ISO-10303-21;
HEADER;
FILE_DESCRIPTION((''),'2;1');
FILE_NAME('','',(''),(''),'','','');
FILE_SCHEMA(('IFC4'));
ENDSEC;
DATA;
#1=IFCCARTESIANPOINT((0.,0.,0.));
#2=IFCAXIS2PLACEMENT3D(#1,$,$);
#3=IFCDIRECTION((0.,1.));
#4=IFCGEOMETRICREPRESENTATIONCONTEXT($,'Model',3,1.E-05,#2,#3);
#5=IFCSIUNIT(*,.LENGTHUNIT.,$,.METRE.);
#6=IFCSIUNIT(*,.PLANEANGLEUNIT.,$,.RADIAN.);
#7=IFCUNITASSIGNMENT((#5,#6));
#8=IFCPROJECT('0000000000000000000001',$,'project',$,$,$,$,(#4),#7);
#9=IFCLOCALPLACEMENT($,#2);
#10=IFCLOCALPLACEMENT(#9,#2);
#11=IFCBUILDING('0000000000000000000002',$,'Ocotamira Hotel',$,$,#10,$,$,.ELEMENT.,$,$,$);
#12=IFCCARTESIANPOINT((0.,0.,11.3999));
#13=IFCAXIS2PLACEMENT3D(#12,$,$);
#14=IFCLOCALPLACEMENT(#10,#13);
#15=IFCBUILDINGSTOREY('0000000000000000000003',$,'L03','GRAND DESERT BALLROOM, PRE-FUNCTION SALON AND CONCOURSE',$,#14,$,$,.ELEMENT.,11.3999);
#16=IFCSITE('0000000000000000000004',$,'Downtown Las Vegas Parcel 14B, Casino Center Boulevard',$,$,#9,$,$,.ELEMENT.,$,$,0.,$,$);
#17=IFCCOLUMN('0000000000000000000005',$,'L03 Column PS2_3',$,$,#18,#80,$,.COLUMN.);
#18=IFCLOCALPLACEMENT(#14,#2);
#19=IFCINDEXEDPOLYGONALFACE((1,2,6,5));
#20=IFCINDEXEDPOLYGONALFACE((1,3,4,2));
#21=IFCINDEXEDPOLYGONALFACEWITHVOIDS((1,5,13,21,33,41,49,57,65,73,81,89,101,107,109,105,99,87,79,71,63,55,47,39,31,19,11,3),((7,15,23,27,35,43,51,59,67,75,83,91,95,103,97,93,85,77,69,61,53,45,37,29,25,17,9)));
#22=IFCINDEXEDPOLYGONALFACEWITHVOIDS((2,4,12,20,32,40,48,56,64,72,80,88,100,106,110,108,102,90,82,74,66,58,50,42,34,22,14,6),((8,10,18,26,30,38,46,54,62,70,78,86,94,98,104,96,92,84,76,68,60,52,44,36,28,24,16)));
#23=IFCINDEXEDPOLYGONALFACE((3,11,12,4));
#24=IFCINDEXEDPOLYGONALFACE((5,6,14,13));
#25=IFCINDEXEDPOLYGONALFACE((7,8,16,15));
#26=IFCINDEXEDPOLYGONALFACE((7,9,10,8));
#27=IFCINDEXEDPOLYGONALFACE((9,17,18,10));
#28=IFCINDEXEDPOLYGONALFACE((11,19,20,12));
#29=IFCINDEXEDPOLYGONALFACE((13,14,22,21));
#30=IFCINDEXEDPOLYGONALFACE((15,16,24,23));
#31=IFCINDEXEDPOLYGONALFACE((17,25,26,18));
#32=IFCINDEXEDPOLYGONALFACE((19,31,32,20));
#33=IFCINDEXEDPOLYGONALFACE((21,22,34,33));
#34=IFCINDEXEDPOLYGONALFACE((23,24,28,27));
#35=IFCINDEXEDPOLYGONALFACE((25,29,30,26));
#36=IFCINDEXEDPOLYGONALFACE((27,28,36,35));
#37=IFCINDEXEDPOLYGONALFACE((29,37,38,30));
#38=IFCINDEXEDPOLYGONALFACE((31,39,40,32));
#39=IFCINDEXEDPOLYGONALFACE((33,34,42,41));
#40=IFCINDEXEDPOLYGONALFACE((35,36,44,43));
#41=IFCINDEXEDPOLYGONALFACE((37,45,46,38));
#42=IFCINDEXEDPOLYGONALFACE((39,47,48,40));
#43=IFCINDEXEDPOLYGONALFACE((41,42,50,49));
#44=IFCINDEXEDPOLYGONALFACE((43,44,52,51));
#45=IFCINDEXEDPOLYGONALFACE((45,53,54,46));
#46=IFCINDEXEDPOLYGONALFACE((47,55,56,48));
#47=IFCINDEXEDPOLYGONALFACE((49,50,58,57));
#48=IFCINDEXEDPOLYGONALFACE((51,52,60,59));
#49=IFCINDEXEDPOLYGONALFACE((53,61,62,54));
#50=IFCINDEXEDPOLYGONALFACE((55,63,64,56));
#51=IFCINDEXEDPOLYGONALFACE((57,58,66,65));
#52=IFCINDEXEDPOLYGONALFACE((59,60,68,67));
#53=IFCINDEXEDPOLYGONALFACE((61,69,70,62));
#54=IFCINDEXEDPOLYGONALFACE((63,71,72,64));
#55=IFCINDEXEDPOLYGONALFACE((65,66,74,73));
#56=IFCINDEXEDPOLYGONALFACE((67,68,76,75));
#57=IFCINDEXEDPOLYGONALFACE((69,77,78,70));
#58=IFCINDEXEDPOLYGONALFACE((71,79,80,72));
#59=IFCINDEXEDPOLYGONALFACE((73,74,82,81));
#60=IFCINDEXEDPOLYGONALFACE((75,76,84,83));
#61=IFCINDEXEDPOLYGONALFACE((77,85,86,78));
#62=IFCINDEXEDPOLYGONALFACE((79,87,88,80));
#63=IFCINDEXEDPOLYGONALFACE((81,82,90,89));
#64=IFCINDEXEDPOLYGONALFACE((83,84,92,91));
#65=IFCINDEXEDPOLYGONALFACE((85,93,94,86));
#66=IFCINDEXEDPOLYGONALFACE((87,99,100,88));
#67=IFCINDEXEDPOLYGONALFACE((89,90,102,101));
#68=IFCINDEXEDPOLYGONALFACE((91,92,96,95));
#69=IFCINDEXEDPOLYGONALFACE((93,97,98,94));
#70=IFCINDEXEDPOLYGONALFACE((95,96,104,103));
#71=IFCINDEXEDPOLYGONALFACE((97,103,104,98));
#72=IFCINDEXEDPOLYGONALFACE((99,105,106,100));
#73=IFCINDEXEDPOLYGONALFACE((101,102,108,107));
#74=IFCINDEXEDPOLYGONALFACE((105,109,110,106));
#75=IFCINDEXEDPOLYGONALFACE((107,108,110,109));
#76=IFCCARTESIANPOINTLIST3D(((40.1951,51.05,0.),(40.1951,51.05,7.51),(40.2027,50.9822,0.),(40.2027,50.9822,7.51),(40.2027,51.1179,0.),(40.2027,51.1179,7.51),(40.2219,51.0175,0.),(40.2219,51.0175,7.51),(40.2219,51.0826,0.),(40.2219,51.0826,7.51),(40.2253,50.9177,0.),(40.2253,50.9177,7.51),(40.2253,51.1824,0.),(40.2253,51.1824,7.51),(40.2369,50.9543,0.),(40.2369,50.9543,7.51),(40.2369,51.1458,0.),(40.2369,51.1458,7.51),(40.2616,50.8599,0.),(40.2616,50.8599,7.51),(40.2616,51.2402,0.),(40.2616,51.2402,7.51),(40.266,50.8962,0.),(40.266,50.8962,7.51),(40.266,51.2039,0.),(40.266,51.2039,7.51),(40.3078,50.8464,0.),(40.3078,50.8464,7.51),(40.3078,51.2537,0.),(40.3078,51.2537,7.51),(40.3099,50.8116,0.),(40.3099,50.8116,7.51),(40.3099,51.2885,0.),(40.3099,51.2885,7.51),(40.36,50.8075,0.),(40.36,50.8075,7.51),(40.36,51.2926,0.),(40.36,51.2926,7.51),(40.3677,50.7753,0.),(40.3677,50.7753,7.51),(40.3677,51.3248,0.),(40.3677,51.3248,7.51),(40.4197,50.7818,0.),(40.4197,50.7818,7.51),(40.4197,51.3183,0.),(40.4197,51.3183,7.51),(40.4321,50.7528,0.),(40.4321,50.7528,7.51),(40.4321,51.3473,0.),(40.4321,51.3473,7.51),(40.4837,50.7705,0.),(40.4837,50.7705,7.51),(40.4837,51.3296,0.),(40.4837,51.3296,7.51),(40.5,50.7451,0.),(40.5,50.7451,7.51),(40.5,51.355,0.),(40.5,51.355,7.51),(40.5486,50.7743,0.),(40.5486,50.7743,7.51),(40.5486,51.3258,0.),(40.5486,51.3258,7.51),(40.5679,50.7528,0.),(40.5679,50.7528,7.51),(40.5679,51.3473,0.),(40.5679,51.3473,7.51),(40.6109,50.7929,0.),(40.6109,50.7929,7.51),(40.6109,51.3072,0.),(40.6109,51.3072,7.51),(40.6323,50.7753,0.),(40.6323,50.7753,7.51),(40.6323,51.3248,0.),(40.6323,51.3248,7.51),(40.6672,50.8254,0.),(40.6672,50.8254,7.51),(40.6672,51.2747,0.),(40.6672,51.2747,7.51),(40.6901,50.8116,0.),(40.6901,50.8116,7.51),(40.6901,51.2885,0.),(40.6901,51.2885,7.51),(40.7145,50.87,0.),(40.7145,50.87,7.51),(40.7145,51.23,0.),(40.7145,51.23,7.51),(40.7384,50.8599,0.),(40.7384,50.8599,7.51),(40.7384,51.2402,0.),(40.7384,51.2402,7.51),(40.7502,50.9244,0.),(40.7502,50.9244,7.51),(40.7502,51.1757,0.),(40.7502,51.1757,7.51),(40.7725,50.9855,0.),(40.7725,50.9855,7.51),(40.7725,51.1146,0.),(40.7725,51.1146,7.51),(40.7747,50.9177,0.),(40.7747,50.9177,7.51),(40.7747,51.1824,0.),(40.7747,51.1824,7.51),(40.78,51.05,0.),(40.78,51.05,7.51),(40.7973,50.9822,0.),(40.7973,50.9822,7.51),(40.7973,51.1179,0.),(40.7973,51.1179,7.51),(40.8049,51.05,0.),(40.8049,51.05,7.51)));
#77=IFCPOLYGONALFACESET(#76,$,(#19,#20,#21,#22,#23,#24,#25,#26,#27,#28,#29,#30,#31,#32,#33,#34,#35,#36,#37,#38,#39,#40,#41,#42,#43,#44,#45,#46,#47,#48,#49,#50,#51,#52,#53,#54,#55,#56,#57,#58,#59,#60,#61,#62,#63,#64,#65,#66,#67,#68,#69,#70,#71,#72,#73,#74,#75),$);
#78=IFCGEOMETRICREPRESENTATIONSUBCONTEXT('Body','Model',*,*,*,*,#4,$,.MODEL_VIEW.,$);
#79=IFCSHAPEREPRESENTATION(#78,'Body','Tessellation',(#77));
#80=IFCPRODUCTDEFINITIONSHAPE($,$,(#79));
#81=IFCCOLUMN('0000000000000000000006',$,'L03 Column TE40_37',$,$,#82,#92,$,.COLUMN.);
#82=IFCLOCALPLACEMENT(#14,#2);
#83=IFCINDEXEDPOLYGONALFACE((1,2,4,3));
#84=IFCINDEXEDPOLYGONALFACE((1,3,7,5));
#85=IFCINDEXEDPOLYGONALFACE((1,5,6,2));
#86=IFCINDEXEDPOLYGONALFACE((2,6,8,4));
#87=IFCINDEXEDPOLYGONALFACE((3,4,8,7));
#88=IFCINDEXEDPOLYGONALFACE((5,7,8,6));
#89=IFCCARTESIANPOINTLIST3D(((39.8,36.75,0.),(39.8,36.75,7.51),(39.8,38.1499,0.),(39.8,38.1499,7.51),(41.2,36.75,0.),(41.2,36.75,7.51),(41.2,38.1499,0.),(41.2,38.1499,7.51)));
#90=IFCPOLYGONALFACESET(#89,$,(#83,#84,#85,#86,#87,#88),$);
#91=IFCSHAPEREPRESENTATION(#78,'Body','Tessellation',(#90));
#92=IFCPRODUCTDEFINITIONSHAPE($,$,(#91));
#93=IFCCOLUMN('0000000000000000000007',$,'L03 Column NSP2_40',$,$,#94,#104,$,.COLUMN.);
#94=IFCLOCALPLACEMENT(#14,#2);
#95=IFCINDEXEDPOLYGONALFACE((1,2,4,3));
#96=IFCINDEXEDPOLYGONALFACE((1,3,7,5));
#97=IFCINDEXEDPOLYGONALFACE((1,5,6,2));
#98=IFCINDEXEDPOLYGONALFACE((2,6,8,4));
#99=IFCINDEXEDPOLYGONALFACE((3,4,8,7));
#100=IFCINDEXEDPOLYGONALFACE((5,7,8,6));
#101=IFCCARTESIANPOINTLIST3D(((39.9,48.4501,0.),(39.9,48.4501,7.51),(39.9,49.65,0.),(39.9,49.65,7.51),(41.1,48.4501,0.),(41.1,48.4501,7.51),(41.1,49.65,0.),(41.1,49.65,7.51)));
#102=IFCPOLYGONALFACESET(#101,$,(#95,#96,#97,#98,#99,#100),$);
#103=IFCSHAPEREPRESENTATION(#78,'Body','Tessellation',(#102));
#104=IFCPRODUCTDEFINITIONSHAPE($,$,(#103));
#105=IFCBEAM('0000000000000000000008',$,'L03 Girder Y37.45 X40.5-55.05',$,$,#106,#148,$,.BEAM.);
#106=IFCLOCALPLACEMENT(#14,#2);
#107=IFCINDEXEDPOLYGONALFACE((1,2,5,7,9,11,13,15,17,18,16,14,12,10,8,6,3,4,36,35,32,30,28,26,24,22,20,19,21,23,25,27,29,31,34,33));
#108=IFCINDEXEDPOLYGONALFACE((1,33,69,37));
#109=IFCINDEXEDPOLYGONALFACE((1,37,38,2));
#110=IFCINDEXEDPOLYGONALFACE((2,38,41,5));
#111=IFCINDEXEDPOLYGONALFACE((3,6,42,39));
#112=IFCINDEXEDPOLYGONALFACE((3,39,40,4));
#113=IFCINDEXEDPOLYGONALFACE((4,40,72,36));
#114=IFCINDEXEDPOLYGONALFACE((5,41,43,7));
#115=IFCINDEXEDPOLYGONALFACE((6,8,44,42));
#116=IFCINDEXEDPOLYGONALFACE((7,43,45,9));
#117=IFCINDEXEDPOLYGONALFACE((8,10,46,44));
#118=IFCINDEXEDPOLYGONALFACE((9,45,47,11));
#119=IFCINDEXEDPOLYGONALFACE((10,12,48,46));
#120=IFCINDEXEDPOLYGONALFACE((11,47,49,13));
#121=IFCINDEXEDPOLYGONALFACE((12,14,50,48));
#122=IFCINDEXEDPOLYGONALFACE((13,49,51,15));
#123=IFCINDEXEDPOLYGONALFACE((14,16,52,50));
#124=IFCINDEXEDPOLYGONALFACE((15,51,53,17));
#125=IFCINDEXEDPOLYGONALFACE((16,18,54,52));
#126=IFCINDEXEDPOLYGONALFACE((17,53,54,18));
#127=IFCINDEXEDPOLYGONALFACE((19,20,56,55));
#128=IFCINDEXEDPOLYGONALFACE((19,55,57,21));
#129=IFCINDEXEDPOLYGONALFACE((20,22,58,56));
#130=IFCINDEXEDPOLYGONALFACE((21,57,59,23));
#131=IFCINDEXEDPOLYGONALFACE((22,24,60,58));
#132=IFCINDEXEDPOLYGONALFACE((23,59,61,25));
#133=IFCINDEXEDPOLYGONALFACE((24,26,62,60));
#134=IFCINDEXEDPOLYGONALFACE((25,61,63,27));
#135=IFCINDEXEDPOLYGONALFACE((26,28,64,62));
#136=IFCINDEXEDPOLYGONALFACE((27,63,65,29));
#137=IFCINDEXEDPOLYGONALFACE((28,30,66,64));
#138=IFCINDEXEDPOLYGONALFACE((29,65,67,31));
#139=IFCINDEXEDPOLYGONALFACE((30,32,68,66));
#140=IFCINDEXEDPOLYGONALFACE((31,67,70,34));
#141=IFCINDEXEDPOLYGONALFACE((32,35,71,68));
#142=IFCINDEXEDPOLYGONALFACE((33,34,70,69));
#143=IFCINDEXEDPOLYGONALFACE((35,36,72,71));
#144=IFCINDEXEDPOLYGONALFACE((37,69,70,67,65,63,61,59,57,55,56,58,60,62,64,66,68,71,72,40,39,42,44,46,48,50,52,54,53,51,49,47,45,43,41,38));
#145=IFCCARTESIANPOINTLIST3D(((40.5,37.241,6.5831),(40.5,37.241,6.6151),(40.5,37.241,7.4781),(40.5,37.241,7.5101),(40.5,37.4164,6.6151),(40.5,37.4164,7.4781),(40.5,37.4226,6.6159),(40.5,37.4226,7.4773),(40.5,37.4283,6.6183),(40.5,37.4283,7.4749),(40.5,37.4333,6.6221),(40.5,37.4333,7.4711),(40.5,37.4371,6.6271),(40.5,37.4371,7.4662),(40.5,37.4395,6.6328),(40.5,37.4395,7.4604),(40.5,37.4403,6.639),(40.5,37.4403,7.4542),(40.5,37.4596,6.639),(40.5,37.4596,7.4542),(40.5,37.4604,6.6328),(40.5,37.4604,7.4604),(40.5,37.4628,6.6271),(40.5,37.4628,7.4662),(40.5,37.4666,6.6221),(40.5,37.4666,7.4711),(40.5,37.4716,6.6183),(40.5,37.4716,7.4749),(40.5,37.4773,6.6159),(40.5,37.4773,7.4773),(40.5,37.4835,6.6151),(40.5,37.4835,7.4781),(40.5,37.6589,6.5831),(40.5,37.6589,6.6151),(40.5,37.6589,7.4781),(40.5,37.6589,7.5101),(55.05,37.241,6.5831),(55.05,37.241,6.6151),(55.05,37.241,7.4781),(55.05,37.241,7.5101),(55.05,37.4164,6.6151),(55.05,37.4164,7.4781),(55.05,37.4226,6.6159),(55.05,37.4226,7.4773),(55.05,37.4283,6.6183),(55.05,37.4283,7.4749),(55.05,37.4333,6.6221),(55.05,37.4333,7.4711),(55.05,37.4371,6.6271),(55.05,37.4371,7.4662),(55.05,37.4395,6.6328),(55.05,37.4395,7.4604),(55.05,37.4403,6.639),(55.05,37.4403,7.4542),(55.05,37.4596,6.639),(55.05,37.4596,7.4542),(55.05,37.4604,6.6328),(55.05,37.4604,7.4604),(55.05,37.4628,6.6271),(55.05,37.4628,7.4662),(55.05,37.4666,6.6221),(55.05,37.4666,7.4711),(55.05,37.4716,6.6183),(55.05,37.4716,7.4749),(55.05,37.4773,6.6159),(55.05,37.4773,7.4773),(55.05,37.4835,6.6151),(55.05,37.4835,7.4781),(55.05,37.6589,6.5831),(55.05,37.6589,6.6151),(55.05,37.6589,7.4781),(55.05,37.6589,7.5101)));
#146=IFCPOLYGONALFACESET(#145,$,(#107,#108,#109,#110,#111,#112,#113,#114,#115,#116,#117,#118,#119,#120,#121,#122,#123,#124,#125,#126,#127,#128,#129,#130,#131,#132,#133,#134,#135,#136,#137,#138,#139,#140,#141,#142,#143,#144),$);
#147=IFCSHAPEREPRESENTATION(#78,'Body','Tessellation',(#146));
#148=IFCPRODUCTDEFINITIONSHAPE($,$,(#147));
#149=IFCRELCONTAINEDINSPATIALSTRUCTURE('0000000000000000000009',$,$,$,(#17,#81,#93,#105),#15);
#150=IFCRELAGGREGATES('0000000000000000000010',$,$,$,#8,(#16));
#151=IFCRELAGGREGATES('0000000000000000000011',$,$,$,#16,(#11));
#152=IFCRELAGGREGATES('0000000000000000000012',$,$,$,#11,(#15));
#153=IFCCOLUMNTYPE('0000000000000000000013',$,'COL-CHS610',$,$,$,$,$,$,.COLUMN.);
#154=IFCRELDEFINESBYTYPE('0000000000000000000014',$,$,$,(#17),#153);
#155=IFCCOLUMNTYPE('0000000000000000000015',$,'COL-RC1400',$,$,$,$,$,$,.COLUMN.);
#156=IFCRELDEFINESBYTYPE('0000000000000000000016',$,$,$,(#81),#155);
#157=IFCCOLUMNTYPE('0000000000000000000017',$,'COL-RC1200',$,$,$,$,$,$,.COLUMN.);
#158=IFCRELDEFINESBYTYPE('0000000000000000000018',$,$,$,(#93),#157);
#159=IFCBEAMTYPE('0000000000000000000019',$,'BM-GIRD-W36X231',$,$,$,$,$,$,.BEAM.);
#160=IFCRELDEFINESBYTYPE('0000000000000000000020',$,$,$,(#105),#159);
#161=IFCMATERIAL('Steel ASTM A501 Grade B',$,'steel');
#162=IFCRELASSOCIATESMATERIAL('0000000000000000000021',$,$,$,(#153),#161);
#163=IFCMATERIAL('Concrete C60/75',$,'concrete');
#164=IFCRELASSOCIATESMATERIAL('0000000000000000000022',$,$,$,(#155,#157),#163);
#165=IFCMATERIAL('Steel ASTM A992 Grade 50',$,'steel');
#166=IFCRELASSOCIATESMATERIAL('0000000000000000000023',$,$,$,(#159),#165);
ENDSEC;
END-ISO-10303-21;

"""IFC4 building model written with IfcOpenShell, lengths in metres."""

from ifc_helpers import new_model, si_unit, direction, frame, origin, origin_2d, place, context, subcontext, project, spatial, rectangle, hollow_circle, i_section, extrude, source, transform, mapped, material, material_profile, profile_set, type_object, element, save


model = new_model("IFC4")

# Units and contexts
model_context = context("Model", 3, precision=1e-05, world=origin(), true_north=direction((0.0, 1.0)))
body_context = subcontext(model_context, "Body", "Model", "MODEL_VIEW")
ifc_project = project(units=[si_unit("LENGTHUNIT", "METRE"), si_unit("PLANEANGLEUNIT", "RADIAN")], contexts=[model_context])

# Site, building, storey
site_placement = place(None, origin())
site = spatial("IfcSite", under=ifc_project, at=site_placement, Name="Downtown Las Vegas Parcel 14B, Casino Center Boulevard", CompositionType="ELEMENT", RefElevation=0.0)
building_placement = place(site_placement, origin())
building = spatial("IfcBuilding", under=site, at=building_placement, Name="Ocotamira Hotel", CompositionType="ELEMENT")
storey_placement = place(building_placement, frame((0.0, 0.0, 11.3999)))
storey = spatial("IfcBuildingStorey", under=building, at=storey_placement, Name="L03", Description="GRAND DESERT BALLROOM, PRE-FUNCTION SALON AND CONCOURSE", CompositionType="ELEMENT", Elevation=11.3999)

# Columns
ifc_material_1 = material(Name="Steel ASTM A501 Grade B", Category="steel")
ifc_material_profile_1 = material_profile(ifc_material_1, hollow_circle(Radius=0.3049, WallThickness=0.0249, at=origin_2d()), Name="CHS610X25")
ifc_profile_set_1 = profile_set([ifc_material_profile_1], Name="Steel ASTM A501 Grade B")
column_type_1 = type_object("IfcColumnType", Name="COL-CHS610", PredefinedType="COLUMN", material=ifc_profile_set_1)
shared_shape_1 = source(origin(), body_context, "Body", "SweptSolid", [
    extrude(hollow_circle(Radius=0.3049, WallThickness=0.0249, at=origin_2d()), origin(), (0.0, 0.0, 1.0), 7.51),
])
column_1_placement = place(storey_placement, frame((40.5, 51.05, 0.0), z_axis=(0.0, 0.0, 1.0), x_axis=(1.0, 0.0, 0.0)))
element("IfcColumn", 1, at=column_1_placement, inside=storey, type_object=column_type_1, Name="L03 Column PS2_3", PredefinedType="COLUMN", context=body_context, shape_type="MappedRepresentation", body=[
    mapped(shared_shape_1, transform((0.0, 0.0, 0.0), scale=1.0)),
])
ifc_material_2 = material(Name="Concrete C60/75", Category="concrete")
ifc_material_profile_2 = material_profile(ifc_material_2, rectangle(XDim=1.3999, YDim=1.3999, at=origin_2d()), Name="RC1400X1400")
ifc_profile_set_2 = profile_set([ifc_material_profile_2], Name="Concrete C60/75")
column_type_2 = type_object("IfcColumnType", Name="COL-RC1400", PredefinedType="COLUMN", material=ifc_profile_set_2)
shared_shape_2 = source(origin(), body_context, "Body", "SweptSolid", [
    extrude(rectangle(XDim=1.3999, YDim=1.3999, at=origin_2d()), origin(), (0.0, 0.0, 1.0), 7.51),
])
column_2_placement = place(storey_placement, frame((40.5, 37.45, 0.0), z_axis=(0.0, 0.0, 1.0), x_axis=(1.0, 0.0, 0.0)))
element("IfcColumn", 2, at=column_2_placement, inside=storey, type_object=column_type_2, Name="L03 Column TE40_37", PredefinedType="COLUMN", context=body_context, shape_type="MappedRepresentation", body=[
    mapped(shared_shape_2, transform((0.0, 0.0, 0.0), scale=1.0)),
])
ifc_material_profile_3 = material_profile(ifc_material_2, rectangle(XDim=1.2, YDim=1.2, at=origin_2d()), Name="RC1200X1200")
ifc_profile_set_3 = profile_set([ifc_material_profile_3], Name="Concrete C60/75")
column_type_3 = type_object("IfcColumnType", Name="COL-RC1200", PredefinedType="COLUMN", material=ifc_profile_set_3)
shared_shape_3 = source(origin(), body_context, "Body", "SweptSolid", [
    extrude(rectangle(XDim=1.2, YDim=1.2, at=origin_2d()), origin(), (0.0, 0.0, 1.0), 7.51),
])
column_3_placement = place(storey_placement, frame((40.5, 49.05, 0.0), z_axis=(0.0, 0.0, 1.0), x_axis=(1.0, 0.0, 0.0)))
element("IfcColumn", 3, at=column_3_placement, inside=storey, type_object=column_type_3, Name="L03 Column NSP2_40", PredefinedType="COLUMN", context=body_context, shape_type="MappedRepresentation", body=[
    mapped(shared_shape_3, transform((0.0, 0.0, 0.0), scale=1.0)),
])

# Beam
ifc_material_3 = material(Name="Steel ASTM A992 Grade 50", Category="steel")
ifc_material_profile_4 = material_profile(ifc_material_3, i_section(OverallWidth=0.418, OverallDepth=0.927, WebThickness=0.0193, FlangeThickness=0.032, FilletRadius=0.0239, at=origin_2d()), Name="W36X231")
ifc_profile_set_4 = profile_set([ifc_material_profile_4], Name="Steel ASTM A992 Grade 50")
beam_type_1 = type_object("IfcBeamType", Name="BM-GIRD-W36X231", PredefinedType="BEAM", material=ifc_profile_set_4)
shared_shape_4 = source(origin(), body_context, "Body", "SweptSolid", [
    extrude(i_section(OverallWidth=0.418, OverallDepth=0.927, WebThickness=0.0193, FlangeThickness=0.032, FilletRadius=0.0239, at=origin_2d()), origin(), (0.0, 0.0, 1.0), 14.55),
])
for number, where, z_axis, x_axis, name in (
    (4, (40.5, 37.45, 7.0466), (1.0, 0.0, 0.0), (0.0, 1.0, 0.0), "L03 Girder Y37.45 X40.5-55.05"),
):
    element("IfcBeam", number, at=place(storey_placement, frame(where, z_axis=z_axis, x_axis=x_axis)), inside=storey, type_object=beam_type_1, Name=name, PredefinedType="BEAM", context=body_context, shape_type="MappedRepresentation", body=[
        mapped(shared_shape_4, transform((0.0, 0.0, 0.0), scale=1.0)),
    ])

save(model, "model.ifc")
